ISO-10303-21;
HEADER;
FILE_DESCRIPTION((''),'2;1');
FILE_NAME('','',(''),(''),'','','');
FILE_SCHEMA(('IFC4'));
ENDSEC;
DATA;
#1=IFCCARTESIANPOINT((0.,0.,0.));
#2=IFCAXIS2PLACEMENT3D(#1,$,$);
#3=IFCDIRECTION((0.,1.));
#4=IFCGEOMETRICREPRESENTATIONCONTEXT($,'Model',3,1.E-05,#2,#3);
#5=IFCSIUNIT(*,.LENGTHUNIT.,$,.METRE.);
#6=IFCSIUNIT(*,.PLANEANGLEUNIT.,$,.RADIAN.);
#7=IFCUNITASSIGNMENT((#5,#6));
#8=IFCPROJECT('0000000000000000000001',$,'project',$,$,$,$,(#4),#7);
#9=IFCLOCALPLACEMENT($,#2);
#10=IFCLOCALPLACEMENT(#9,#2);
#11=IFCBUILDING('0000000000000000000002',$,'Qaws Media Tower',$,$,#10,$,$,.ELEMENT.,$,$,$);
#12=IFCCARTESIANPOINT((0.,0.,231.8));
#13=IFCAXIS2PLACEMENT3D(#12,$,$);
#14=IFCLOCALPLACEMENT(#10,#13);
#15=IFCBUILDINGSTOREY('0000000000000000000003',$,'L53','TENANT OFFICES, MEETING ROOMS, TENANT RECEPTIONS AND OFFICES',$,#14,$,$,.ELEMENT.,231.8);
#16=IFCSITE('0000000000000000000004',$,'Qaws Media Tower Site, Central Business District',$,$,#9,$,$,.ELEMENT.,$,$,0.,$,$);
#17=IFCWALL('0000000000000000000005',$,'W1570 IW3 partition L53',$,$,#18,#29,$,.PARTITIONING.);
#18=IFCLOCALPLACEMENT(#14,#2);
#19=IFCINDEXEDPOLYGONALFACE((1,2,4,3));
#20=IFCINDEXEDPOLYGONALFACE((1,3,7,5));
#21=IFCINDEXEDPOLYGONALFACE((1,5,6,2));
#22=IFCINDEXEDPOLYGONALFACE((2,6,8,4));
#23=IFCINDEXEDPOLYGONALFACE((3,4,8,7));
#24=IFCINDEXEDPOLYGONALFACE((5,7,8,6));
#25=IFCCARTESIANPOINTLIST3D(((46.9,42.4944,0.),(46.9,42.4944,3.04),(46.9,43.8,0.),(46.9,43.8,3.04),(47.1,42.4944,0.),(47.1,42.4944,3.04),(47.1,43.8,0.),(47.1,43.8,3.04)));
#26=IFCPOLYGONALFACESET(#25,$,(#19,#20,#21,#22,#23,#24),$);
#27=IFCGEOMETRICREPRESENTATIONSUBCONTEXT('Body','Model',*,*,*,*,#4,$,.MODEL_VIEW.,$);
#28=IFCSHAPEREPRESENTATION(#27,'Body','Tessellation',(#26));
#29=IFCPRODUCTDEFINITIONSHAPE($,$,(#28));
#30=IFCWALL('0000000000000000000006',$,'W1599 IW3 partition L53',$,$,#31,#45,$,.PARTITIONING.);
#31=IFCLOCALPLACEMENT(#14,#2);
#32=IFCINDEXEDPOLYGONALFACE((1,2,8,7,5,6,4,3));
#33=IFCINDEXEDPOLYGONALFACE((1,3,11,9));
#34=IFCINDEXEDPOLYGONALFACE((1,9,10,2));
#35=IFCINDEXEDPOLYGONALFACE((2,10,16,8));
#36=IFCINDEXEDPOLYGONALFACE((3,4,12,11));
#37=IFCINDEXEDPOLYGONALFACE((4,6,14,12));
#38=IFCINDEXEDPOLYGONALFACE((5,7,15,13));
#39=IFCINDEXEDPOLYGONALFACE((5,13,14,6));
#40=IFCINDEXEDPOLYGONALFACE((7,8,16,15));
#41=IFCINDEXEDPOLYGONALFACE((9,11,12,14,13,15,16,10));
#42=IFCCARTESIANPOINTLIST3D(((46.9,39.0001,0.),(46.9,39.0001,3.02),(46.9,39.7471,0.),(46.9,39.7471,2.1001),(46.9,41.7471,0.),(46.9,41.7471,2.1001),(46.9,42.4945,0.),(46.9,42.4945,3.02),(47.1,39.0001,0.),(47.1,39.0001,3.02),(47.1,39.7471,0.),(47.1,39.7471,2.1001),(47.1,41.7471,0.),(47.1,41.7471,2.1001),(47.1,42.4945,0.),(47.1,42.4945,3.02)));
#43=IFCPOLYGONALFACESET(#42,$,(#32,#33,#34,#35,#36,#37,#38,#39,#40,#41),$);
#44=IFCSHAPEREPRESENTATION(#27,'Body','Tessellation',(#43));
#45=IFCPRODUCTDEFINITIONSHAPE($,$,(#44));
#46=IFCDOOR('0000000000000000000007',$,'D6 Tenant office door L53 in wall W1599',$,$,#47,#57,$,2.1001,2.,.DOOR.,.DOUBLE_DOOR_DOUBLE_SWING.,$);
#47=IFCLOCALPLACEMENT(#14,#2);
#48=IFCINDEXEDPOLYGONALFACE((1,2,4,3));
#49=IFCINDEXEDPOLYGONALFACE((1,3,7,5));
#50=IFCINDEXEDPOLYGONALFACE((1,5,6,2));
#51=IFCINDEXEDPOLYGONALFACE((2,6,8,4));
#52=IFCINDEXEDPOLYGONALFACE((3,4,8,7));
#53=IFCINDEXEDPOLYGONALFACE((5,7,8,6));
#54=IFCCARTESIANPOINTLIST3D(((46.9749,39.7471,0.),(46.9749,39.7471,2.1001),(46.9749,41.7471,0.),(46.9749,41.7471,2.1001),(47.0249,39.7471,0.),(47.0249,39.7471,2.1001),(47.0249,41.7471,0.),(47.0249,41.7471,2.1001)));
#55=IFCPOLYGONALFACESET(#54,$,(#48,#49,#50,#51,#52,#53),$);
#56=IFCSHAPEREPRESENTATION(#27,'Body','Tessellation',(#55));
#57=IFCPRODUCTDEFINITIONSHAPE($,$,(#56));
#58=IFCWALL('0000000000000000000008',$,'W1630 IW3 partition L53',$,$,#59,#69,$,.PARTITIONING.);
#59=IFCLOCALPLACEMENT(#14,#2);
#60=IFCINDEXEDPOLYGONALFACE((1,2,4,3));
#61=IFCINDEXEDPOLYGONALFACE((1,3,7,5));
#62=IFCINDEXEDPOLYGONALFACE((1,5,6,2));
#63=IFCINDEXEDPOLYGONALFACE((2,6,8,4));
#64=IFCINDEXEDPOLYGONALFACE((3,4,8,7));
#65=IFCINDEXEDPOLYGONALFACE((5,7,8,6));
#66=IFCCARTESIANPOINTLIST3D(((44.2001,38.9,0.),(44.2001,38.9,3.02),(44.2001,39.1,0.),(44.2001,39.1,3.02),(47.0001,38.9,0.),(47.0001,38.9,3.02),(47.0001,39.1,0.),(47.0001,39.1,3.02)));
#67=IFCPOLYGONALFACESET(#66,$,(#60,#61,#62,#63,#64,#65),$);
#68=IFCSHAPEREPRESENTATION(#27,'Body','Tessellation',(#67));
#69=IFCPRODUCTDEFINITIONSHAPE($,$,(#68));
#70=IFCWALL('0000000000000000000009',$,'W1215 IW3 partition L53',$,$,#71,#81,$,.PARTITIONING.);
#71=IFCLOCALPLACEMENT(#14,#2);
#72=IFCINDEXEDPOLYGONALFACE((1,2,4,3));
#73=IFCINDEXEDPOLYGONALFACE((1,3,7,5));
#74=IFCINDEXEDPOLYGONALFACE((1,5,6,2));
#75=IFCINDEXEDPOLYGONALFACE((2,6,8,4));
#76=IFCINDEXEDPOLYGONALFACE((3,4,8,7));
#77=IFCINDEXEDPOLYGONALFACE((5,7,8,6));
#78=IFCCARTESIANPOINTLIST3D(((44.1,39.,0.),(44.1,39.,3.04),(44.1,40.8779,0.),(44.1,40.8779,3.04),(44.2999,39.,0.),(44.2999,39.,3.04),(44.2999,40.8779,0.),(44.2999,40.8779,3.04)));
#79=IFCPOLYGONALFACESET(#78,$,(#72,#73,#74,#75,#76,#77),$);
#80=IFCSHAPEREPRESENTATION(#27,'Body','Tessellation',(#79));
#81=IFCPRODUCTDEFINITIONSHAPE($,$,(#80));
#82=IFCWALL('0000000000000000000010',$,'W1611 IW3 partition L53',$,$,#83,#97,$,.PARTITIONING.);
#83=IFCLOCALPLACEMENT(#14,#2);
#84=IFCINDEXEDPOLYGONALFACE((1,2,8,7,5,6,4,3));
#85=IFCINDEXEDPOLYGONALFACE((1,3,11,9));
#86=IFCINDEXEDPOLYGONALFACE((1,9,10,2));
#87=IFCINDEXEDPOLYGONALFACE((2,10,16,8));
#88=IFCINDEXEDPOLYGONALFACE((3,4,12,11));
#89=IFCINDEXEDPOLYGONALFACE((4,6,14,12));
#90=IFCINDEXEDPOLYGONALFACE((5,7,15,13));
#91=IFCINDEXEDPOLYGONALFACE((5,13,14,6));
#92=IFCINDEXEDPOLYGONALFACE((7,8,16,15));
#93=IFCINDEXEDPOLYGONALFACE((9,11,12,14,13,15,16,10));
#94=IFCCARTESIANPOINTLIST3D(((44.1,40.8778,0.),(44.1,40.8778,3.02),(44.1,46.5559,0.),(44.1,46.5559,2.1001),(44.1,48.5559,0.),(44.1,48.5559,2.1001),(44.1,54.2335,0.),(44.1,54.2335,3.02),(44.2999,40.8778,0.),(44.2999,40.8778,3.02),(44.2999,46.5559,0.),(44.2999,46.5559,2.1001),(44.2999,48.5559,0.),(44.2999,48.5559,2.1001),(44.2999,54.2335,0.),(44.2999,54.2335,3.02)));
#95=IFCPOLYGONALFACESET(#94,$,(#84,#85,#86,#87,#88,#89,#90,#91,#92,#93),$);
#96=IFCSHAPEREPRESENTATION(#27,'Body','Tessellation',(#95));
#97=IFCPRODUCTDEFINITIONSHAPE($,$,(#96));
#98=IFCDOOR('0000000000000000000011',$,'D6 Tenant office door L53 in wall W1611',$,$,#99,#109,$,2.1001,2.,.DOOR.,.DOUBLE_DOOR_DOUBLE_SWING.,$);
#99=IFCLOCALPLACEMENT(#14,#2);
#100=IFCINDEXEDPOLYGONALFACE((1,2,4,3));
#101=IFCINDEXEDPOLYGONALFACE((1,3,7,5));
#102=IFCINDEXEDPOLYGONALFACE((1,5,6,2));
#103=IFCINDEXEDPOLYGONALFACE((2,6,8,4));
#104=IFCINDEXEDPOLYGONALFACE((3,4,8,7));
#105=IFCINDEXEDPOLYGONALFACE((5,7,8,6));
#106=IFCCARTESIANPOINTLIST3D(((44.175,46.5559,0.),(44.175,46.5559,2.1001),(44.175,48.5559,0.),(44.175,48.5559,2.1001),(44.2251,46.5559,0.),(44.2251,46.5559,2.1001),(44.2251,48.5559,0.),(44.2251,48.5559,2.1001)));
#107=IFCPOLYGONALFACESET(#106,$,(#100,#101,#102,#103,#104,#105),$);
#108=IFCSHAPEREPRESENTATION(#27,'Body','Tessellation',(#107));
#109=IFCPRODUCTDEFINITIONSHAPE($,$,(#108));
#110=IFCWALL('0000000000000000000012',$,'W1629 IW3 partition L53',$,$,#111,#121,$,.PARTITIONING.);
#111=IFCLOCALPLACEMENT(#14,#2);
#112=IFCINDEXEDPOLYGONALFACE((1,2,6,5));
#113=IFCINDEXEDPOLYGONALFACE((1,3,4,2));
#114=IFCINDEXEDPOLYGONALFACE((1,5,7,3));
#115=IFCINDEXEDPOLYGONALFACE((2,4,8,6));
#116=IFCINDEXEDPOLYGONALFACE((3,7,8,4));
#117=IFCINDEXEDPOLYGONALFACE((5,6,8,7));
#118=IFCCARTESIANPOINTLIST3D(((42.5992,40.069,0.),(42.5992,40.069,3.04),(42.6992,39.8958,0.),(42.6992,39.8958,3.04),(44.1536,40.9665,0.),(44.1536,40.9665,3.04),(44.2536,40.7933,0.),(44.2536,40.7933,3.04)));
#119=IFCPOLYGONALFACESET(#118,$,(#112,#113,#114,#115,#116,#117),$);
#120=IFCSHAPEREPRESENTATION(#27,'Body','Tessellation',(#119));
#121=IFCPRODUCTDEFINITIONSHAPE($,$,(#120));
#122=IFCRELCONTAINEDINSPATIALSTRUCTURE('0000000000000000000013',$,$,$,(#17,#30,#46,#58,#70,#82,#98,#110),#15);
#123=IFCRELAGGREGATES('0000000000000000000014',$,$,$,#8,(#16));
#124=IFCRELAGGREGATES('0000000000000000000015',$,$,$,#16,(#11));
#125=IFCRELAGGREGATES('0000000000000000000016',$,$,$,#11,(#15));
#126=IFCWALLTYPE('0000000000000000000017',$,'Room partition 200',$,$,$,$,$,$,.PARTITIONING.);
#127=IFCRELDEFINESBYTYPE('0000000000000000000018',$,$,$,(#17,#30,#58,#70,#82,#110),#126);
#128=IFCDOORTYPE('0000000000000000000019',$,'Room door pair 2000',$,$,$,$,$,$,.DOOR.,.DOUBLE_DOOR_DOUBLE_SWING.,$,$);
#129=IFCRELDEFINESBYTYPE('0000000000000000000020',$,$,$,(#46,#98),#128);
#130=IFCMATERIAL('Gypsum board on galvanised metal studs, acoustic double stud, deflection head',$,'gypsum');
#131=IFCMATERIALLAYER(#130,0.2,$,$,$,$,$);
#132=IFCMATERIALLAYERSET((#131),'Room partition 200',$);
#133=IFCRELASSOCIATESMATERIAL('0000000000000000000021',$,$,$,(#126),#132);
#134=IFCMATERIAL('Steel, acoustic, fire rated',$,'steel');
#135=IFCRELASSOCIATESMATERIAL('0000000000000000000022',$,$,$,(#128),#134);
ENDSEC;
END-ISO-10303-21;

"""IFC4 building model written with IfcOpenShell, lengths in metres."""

from ifc_helpers import new_model, si_unit, direction, frame, frame_2d, origin, place, context, subcontext, project, spatial, rectangle, extrude, material, layer, layer_set, type_object, element, fill, save


model = new_model("IFC4")

# Units and contexts
model_context = context("Model", 3, precision=1e-05, world=origin(), true_north=direction((0.0, 1.0)))
body_context = subcontext(model_context, "Body", "Model", "MODEL_VIEW")
ifc_project = project(units=[si_unit("LENGTHUNIT", "METRE"), si_unit("PLANEANGLEUNIT", "RADIAN")], contexts=[model_context])

# Site, building, storey
site_placement = place(None, origin())
site = spatial("IfcSite", under=ifc_project, at=site_placement, Name="Qaws Media Tower Site, Central Business District", CompositionType="ELEMENT", RefElevation=0.0)
building_placement = place(site_placement, origin())
building = spatial("IfcBuilding", under=site, at=building_placement, Name="Qaws Media Tower", CompositionType="ELEMENT")
storey_placement = place(building_placement, frame((0.0, 0.0, 231.8)))
storey = spatial("IfcBuildingStorey", under=building, at=storey_placement, Name="L53", Description="TENANT OFFICES, MEETING ROOMS, TENANT RECEPTIONS AND OFFICES", CompositionType="ELEMENT", Elevation=231.8)

# Wall
ifc_material_1 = material(Name="Gypsum board on galvanised metal studs, acoustic double stud, deflection head", Category="gypsum")
ifc_layer_1 = layer(ifc_material_1, 0.2)
ifc_layer_set_1 = layer_set([ifc_layer_1], Name="Room partition 200")
wall_type_1 = type_object("IfcWallType", Name="Room partition 200", PredefinedType="PARTITIONING", material=ifc_layer_set_1)
wall_1_placement = place(storey_placement, frame((47.0, 43.8, 0.0), z_axis=(0.0, 0.0, 1.0), x_axis=(0.0, -1.0, 0.0)))
element("IfcWall", 1, at=wall_1_placement, inside=storey, type_object=wall_type_1, Name="W1570 IW3 partition L53", PredefinedType="PARTITIONING", context=body_context, shape_type="SweptSolid", body=[
    extrude(rectangle(XDim=1.3057, YDim=0.2, at=frame_2d((0.6528, 0.0))), origin(), (0.0, 0.0, 1.0), 3.04),
])

# Wall, opening, door
wall_2_placement = place(storey_placement, frame((47.0, 42.4944, 0.0), z_axis=(0.0, 0.0, 1.0), x_axis=(0.0, -1.0, 0.0)))
wall_2 = element("IfcWall", 2, at=wall_2_placement, inside=storey, type_object=wall_type_1, Name="W1599 IW3 partition L53", PredefinedType="PARTITIONING", context=body_context, shape_type="SweptSolid", body=[
    extrude(rectangle(XDim=3.4944, YDim=0.2, at=frame_2d((1.7471, 0.0))), origin(), (0.0, 0.0, 1.0), 3.02),
])
opening_1_placement = place(wall_2_placement, frame((0.7473, 0.0, 0.0)))
opening_1 = element("IfcOpeningElement", 3, at=opening_1_placement, cuts=wall_2, PredefinedType="OPENING", context=body_context, shape_type="SweptSolid", body=[
    extrude(rectangle(XDim=2.0, YDim=2.1001, at=frame_2d((1.0, 1.05))), frame((0.0, 0.1099, 0.0), z_axis=(0.0, -1.0, 0.0), x_axis=(1.0, 0.0, 0.0)), (0.0, 0.0, 1.0), 0.22),
])
ifc_material_2 = material(Name="Steel, acoustic, fire rated", Category="steel")
door_type = type_object("IfcDoorType", Name="Room door pair 2000", OperationType="DOUBLE_DOOR_DOUBLE_SWING", PredefinedType="DOOR", material=ifc_material_2)
door_1_placement = place(opening_1_placement, origin())
door_1 = element("IfcDoor", 4, at=door_1_placement, inside=storey, type_object=door_type, Name="D6 Tenant office door L53 in wall W1599", OperationType="DOUBLE_DOOR_DOUBLE_SWING", OverallHeight=2.1001, OverallWidth=2.0, PredefinedType="DOOR", context=body_context, shape_type="SweptSolid", body=[
    extrude(rectangle(XDim=2.0, YDim=2.1001, at=frame_2d((1.0, 1.05))), frame((0.0, 0.0249, 0.0), z_axis=(0.0, -1.0, 0.0), x_axis=(1.0, 0.0, 0.0)), (0.0, 0.0, 1.0), 0.05),
])
fill(opening_1, door_1)

# Walls
wall_3_placement = place(storey_placement, frame((47.0, 39.0, 0.0), z_axis=(0.0, 0.0, 1.0), x_axis=(-1.0, 0.0, 0.0)))
element("IfcWall", 5, at=wall_3_placement, inside=storey, type_object=wall_type_1, Name="W1630 IW3 partition L53", PredefinedType="PARTITIONING", context=body_context, shape_type="SweptSolid", body=[
    extrude(rectangle(XDim=2.8, YDim=0.2, at=frame_2d((1.3999, 0.0))), origin(), (0.0, 0.0, 1.0), 3.02),
])
wall_4_placement = place(storey_placement, frame((44.2, 39.0, 0.0), z_axis=(0.0, 0.0, 1.0), x_axis=(0.0, 1.0, 0.0)))
element("IfcWall", 6, at=wall_4_placement, inside=storey, type_object=wall_type_1, Name="W1215 IW3 partition L53", PredefinedType="PARTITIONING", context=body_context, shape_type="SweptSolid", body=[
    extrude(rectangle(XDim=1.8779, YDim=0.2, at=frame_2d((0.939, 0.0))), origin(), (0.0, 0.0, 1.0), 3.04),
])

# Wall, opening, door
wall_5_placement = place(storey_placement, frame((44.2, 40.8779, 0.0), z_axis=(0.0, 0.0, 1.0), x_axis=(0.0, 1.0, 0.0)))
wall_5 = element("IfcWall", 7, at=wall_5_placement, inside=storey, type_object=wall_type_1, Name="W1611 IW3 partition L53", PredefinedType="PARTITIONING", context=body_context, shape_type="SweptSolid", body=[
    extrude(rectangle(XDim=13.3557, YDim=0.2, at=frame_2d((6.6777, 0.0))), origin(), (0.0, 0.0, 1.0), 3.02),
])
opening_2_placement = place(wall_5_placement, frame((5.678, 0.0, 0.0)))
opening_2 = element("IfcOpeningElement", 8, at=opening_2_placement, cuts=wall_5, PredefinedType="OPENING", context=body_context, shape_type="SweptSolid", body=[
    extrude(rectangle(XDim=2.0, YDim=2.1001, at=frame_2d((1.0, 1.05))), frame((0.0, 0.1099, 0.0), z_axis=(0.0, -1.0, 0.0), x_axis=(1.0, 0.0, 0.0)), (0.0, 0.0, 1.0), 0.22),
])
door_2_placement = place(opening_2_placement, origin())
door_2 = element("IfcDoor", 9, at=door_2_placement, inside=storey, type_object=door_type, Name="D6 Tenant office door L53 in wall W1611", OperationType="DOUBLE_DOOR_DOUBLE_SWING", OverallHeight=2.1001, OverallWidth=2.0, PredefinedType="DOOR", context=body_context, shape_type="SweptSolid", body=[
    extrude(rectangle(XDim=2.0, YDim=2.1001, at=frame_2d((1.0, 1.05))), frame((0.0, 0.0249, 0.0), z_axis=(0.0, -1.0, 0.0), x_axis=(1.0, 0.0, 0.0)), (0.0, 0.0, 1.0), 0.05),
])
fill(opening_2, door_2)

# Wall
wall_6_placement = place(storey_placement, frame((44.2036, 40.8799, 0.0), z_axis=(0.0, 0.0, 1.0), x_axis=(-0.866025, -0.500001, 0.0)))
element("IfcWall", 10, at=wall_6_placement, inside=storey, type_object=wall_type_1, Name="W1629 IW3 partition L53", PredefinedType="PARTITIONING", context=body_context, shape_type="SweptSolid", body=[
    extrude(rectangle(XDim=1.7949, YDim=0.2, at=frame_2d((0.8975, 0.0))), origin(), (0.0, 0.0, 1.0), 3.04),
])

save(model, "model.ifc")
